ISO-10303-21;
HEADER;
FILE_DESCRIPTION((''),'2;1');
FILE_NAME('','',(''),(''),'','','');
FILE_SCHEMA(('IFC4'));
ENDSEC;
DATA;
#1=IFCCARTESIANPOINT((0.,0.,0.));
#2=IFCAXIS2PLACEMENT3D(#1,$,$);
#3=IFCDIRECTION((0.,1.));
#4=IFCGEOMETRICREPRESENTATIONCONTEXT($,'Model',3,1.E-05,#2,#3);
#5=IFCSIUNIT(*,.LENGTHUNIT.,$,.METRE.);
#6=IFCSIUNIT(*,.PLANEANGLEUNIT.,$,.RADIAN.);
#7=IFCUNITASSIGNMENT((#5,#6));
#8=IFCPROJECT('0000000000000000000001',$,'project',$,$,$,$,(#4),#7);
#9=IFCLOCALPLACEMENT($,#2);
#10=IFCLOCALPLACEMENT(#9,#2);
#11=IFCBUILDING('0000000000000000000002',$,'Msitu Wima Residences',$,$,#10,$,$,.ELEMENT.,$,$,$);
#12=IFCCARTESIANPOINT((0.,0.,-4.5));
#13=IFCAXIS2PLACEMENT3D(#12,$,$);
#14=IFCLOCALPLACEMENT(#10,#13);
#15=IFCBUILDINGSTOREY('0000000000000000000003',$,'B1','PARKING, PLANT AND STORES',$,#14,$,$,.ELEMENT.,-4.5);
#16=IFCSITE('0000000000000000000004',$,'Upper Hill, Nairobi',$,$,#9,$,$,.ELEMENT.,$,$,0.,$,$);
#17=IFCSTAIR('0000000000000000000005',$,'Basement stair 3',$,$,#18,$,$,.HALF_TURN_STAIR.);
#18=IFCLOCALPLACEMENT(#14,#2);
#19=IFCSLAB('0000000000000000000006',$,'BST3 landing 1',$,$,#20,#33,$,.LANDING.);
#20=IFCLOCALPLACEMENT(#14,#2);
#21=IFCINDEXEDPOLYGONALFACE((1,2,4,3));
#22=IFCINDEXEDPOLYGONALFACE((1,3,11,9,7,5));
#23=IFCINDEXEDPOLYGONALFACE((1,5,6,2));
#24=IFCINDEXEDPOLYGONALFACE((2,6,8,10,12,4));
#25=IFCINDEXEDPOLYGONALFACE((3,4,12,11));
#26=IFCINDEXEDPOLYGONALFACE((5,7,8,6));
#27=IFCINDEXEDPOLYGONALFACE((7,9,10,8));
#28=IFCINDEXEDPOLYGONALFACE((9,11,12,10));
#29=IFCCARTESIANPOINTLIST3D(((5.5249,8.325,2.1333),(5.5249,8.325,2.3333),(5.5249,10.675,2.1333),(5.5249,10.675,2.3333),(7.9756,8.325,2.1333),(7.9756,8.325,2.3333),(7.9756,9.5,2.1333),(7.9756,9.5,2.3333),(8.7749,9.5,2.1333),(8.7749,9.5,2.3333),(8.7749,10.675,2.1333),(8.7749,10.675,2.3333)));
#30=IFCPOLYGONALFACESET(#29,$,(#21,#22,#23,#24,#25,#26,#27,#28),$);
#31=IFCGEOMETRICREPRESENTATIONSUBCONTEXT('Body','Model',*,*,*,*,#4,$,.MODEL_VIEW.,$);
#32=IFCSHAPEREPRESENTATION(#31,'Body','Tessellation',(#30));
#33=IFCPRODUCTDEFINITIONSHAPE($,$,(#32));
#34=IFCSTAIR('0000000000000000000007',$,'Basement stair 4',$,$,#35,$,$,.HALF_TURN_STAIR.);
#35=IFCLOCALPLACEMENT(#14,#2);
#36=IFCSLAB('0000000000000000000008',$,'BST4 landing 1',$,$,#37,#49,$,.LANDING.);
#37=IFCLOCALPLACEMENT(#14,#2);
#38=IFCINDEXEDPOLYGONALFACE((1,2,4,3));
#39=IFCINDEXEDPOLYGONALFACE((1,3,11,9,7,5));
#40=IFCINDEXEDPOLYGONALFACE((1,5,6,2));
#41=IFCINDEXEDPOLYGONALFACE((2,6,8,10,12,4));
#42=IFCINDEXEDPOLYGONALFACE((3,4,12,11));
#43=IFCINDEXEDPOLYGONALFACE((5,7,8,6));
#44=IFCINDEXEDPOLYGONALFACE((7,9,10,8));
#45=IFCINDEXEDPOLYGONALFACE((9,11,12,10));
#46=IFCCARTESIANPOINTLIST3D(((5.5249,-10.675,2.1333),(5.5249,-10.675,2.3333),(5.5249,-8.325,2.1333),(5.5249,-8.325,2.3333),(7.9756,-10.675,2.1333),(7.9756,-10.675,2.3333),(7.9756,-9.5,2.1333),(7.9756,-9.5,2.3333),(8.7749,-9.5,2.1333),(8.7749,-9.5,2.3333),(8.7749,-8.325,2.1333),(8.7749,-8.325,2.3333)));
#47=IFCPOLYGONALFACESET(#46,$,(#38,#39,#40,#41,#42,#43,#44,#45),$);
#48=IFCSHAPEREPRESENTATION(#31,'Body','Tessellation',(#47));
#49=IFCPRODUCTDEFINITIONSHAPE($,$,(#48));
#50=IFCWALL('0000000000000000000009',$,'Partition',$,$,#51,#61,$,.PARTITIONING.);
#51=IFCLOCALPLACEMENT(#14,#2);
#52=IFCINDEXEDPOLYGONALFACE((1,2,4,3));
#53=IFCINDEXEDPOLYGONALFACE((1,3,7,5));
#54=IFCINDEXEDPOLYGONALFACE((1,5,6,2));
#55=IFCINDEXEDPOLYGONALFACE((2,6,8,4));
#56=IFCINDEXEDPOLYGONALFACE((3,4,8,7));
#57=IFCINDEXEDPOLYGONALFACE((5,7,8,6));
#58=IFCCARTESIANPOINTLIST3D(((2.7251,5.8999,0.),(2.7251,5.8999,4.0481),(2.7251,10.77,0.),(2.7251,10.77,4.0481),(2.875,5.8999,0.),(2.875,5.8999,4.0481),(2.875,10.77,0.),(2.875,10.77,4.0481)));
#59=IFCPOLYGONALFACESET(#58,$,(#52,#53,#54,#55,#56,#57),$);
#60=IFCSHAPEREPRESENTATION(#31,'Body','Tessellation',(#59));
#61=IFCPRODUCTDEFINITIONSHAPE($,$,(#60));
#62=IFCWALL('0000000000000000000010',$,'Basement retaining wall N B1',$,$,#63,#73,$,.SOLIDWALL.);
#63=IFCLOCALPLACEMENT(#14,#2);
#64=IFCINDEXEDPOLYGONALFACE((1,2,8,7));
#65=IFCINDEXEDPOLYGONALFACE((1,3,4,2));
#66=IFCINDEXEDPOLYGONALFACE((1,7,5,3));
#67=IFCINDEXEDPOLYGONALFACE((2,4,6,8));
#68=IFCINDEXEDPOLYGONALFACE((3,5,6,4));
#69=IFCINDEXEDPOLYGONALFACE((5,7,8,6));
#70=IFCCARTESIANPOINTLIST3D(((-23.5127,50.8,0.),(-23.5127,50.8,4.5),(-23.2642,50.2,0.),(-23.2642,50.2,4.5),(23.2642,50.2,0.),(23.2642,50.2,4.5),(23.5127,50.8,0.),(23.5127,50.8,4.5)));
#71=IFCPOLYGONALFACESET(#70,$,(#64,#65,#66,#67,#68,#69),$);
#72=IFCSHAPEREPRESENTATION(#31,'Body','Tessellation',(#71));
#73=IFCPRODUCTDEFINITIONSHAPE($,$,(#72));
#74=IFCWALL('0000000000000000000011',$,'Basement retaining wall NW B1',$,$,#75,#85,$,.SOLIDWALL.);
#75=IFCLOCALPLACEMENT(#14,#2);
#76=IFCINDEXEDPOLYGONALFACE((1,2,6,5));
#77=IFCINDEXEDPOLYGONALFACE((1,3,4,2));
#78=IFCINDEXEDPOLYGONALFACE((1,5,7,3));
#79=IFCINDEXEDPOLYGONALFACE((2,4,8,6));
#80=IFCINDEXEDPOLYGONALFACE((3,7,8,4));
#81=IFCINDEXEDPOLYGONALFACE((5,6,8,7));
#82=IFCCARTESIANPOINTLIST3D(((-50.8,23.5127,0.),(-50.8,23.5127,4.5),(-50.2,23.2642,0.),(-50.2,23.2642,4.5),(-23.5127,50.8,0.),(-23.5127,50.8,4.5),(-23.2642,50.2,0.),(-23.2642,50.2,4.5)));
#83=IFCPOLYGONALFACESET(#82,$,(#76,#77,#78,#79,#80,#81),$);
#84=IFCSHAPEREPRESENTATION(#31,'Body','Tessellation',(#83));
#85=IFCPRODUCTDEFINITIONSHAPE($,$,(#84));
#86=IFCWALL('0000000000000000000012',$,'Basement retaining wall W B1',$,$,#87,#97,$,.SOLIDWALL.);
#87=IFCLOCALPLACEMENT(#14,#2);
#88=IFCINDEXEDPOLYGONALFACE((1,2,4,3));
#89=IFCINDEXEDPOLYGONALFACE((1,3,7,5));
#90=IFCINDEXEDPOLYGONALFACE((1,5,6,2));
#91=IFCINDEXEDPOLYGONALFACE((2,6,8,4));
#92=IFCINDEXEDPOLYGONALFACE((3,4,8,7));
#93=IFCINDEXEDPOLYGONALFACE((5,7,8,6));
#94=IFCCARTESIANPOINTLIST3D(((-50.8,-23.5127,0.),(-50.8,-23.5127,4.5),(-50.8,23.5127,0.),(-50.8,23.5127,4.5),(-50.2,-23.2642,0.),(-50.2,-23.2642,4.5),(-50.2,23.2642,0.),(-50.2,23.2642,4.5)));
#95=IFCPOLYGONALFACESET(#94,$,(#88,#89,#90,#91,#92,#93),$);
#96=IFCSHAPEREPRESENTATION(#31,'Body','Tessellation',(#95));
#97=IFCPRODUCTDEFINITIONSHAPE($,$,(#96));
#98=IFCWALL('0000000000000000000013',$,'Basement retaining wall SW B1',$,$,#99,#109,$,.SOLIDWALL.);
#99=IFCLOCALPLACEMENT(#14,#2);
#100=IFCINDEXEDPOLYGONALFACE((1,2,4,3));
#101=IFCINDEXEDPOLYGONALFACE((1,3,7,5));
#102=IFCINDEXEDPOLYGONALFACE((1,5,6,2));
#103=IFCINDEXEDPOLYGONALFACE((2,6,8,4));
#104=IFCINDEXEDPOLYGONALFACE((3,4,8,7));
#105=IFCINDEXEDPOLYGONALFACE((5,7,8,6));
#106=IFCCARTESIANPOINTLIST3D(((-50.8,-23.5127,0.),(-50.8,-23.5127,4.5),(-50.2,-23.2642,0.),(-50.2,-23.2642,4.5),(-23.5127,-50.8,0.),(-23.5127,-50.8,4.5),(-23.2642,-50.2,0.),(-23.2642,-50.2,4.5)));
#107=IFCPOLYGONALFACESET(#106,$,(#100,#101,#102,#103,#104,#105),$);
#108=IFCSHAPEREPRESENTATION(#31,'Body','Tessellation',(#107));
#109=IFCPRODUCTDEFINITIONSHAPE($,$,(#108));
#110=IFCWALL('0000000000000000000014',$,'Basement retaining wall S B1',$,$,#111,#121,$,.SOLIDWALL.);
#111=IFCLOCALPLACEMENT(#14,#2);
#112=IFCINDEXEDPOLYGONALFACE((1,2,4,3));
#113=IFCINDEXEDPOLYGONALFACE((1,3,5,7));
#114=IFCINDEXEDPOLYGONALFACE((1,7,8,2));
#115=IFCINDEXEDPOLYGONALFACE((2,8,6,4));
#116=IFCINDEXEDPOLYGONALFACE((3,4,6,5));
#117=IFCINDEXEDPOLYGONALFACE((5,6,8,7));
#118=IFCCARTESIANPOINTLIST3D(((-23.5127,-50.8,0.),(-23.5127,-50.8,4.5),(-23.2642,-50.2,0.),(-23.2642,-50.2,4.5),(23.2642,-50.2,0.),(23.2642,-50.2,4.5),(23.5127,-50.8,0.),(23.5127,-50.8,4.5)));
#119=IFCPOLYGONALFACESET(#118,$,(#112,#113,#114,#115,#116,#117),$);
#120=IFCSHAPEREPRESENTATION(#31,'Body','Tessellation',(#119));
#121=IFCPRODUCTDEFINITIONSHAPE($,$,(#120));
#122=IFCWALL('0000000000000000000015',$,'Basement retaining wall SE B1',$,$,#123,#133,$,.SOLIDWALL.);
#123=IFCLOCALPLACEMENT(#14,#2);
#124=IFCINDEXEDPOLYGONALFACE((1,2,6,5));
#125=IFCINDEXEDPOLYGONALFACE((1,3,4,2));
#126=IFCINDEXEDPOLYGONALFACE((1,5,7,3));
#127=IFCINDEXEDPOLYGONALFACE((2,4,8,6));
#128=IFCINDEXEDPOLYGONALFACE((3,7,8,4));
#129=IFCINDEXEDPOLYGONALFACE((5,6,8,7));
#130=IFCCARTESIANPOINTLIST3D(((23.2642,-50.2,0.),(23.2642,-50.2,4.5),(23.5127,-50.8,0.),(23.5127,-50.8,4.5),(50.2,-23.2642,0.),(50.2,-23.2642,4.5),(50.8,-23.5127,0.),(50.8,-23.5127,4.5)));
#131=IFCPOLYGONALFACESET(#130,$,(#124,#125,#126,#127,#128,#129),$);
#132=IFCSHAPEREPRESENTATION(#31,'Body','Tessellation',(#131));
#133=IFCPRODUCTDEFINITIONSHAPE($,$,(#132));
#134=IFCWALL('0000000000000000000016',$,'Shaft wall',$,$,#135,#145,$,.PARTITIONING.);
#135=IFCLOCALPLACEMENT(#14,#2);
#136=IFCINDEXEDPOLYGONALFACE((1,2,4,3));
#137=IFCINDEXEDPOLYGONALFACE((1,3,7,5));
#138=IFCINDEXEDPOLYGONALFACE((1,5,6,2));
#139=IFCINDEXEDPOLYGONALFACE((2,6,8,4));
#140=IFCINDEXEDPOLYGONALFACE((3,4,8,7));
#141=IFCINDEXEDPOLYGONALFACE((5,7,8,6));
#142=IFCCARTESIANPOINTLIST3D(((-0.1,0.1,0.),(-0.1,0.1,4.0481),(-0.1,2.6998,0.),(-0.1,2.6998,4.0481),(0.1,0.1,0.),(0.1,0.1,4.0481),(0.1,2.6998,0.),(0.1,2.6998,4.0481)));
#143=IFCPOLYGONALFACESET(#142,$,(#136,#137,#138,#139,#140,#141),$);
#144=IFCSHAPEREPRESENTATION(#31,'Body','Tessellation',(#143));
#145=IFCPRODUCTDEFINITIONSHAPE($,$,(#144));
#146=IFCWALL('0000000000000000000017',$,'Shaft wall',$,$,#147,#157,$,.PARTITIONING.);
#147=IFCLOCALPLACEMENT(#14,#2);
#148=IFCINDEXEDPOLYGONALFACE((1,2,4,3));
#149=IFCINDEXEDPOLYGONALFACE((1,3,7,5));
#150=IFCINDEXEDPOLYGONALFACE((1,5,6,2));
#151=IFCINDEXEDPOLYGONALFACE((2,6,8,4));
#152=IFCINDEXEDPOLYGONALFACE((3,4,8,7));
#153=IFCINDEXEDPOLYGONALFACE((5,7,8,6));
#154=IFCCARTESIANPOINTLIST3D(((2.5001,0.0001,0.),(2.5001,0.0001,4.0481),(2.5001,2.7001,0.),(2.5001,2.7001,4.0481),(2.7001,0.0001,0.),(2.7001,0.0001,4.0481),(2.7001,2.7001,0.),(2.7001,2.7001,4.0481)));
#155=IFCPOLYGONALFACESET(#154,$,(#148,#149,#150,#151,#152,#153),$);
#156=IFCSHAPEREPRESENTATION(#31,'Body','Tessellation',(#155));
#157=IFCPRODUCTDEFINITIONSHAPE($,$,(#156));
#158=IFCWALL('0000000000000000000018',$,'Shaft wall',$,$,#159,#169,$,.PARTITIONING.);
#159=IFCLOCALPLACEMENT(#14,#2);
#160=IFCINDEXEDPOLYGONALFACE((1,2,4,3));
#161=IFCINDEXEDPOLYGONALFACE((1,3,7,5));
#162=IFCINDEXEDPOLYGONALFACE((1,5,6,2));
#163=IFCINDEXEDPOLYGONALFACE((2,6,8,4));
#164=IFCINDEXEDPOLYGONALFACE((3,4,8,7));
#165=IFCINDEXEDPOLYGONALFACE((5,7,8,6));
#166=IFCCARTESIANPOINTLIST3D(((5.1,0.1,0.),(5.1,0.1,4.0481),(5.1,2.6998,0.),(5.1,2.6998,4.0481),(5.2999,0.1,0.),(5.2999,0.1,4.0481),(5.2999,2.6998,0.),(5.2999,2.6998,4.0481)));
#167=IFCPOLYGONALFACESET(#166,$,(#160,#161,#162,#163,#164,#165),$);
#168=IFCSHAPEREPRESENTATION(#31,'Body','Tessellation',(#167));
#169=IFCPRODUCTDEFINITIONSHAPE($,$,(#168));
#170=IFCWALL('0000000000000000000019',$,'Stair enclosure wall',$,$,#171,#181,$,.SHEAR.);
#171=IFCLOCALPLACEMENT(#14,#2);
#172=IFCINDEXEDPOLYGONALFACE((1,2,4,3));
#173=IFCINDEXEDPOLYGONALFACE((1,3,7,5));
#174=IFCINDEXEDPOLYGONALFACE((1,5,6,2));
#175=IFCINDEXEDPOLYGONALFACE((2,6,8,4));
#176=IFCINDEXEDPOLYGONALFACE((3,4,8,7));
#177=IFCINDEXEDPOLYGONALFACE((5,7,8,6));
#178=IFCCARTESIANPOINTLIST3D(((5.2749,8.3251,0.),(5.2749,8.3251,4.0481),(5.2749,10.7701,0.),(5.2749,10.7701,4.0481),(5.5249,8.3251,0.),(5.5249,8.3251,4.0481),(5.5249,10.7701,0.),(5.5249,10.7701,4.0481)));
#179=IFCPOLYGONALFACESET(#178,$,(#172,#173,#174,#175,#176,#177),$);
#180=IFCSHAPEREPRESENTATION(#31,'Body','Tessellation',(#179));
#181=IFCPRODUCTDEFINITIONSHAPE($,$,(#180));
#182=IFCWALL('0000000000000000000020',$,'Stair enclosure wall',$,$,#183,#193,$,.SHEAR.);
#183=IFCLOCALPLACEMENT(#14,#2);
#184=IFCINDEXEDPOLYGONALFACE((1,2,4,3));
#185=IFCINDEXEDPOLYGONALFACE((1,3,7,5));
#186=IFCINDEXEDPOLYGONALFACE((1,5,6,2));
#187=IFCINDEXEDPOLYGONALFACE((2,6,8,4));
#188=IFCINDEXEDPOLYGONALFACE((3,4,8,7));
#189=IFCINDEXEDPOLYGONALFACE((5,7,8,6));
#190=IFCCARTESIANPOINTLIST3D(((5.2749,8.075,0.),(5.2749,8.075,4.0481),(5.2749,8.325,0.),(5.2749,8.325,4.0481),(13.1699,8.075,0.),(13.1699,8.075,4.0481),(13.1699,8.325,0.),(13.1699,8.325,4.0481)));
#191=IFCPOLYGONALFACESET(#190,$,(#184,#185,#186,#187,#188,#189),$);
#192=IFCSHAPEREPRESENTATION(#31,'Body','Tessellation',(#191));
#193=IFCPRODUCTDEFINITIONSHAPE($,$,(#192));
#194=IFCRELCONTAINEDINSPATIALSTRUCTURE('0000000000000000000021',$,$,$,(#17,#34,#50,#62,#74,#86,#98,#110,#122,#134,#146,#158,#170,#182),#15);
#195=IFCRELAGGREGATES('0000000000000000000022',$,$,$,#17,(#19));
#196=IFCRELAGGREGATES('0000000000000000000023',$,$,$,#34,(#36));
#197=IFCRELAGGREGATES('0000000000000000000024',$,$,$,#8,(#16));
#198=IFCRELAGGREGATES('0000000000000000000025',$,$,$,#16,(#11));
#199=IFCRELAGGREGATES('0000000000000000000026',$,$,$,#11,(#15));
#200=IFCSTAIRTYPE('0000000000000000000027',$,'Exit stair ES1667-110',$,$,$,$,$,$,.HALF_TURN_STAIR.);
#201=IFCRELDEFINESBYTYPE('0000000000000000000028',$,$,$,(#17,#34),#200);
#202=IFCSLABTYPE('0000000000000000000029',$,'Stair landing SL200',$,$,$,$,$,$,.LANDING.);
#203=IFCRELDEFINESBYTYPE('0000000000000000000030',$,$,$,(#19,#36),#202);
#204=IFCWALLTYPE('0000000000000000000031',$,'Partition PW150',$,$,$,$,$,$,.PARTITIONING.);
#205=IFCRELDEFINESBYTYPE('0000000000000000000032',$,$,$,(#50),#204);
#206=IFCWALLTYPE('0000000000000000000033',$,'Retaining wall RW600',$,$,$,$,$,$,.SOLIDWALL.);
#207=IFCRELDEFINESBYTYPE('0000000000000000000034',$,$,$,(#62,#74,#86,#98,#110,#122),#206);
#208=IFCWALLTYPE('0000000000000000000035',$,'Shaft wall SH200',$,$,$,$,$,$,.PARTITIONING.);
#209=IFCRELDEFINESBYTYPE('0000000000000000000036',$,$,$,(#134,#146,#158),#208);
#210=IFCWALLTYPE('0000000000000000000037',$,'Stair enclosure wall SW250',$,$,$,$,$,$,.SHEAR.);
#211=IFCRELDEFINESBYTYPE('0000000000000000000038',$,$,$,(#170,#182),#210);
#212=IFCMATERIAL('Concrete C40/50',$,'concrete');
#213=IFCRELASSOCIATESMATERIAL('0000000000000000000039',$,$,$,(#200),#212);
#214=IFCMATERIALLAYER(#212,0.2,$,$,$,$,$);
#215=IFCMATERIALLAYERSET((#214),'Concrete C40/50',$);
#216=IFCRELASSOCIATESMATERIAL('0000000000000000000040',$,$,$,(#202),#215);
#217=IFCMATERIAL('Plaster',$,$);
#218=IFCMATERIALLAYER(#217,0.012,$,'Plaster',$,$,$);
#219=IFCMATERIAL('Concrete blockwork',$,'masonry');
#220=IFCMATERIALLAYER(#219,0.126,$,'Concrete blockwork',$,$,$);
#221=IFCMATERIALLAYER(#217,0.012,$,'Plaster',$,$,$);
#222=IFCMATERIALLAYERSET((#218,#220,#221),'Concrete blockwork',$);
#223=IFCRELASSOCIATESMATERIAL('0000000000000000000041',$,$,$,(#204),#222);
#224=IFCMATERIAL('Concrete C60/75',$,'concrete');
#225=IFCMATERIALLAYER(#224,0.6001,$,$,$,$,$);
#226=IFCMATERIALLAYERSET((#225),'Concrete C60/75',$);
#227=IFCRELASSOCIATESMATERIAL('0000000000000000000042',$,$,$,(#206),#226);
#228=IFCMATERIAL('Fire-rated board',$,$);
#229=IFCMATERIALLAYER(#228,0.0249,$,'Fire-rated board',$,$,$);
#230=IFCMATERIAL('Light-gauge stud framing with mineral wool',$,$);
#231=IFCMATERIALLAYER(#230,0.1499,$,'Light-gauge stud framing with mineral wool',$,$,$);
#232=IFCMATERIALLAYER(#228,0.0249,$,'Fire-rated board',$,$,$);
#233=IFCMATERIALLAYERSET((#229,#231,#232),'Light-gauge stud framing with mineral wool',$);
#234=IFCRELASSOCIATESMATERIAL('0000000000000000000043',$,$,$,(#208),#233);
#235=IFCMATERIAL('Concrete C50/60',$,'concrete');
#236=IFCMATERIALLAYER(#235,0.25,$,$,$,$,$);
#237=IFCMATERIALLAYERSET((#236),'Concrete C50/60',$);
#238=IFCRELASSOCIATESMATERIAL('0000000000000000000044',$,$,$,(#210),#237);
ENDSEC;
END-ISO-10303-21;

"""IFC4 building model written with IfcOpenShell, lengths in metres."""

from ifc_helpers import new_model, si_unit, direction, frame, frame_2d, origin, place, context, subcontext, project, spatial, polyline, rectangle, outline, extrude, material, layer, layer_set, type_object, element, aggregate, save


model = new_model("IFC4")

# Units and contexts
model_context = context("Model", 3, precision=1e-05, world=origin(), true_north=direction((0.0, 1.0)))
body_context = subcontext(model_context, "Body", "Model", "MODEL_VIEW")
ifc_project = project(units=[si_unit("LENGTHUNIT", "METRE"), si_unit("PLANEANGLEUNIT", "RADIAN")], contexts=[model_context])

# Site, building, storey
site_placement = place(None, origin())
site = spatial("IfcSite", under=ifc_project, at=site_placement, Name="Upper Hill, Nairobi", CompositionType="ELEMENT", RefElevation=0.0)
building_placement = place(site_placement, origin())
building = spatial("IfcBuilding", under=site, at=building_placement, Name="Msitu Wima Residences", CompositionType="ELEMENT")
storey_placement = place(building_placement, frame((0.0, 0.0, -4.5)))
storey = spatial("IfcBuildingStorey", under=building, at=storey_placement, Name="B1", Description="PARKING, PLANT AND STORES", CompositionType="ELEMENT", Elevation=-4.5)

# Shared definitions
ifc_material_1 = material(Name="Concrete C40/50", Category="concrete")

# Shared definitions
ifc_material_2 = material(Name="Concrete C60/75", Category="concrete")

# Stairs, slabs
stair_type = type_object("IfcStairType", Name="Exit stair ES1667-110", PredefinedType="HALF_TURN_STAIR", material=ifc_material_1)
ifc_layer_1 = layer(ifc_material_1, 0.2)
ifc_layer_set_1 = layer_set([ifc_layer_1], Name="Concrete C40/50")
slab_type_1 = type_object("IfcSlabType", Name="Stair landing SL200", PredefinedType="LANDING", material=ifc_layer_set_1)
stair_1_placement = place(storey_placement, origin())
stair_1 = element("IfcStair", 1, at=stair_1_placement, inside=storey, type_object=stair_type, Name="Basement stair 3", PredefinedType="HALF_TURN_STAIR")
slab_1_placement = place(storey_placement, frame((0.0, 0.0, 2.1333)))
slab_1 = element("IfcSlab", 2, at=slab_1_placement, type_object=slab_type_1, Name="BST3 landing 1", PredefinedType="LANDING", context=body_context, shape_type="SweptSolid", body=[
    extrude(outline(polyline([(5.5249, 8.325), (7.9756, 8.325), (7.9756, 9.5), (8.7749, 9.5), (8.7749, 10.675), (5.5249, 10.675), (5.5249, 8.325)])), origin(), (0.0, 0.0, 1.0), 0.2),
])
aggregate(stair_1, [slab_1])
stair_2_placement = place(storey_placement, origin())
stair_2 = element("IfcStair", 3, at=stair_2_placement, inside=storey, type_object=stair_type, Name="Basement stair 4", PredefinedType="HALF_TURN_STAIR")
slab_2_placement = place(storey_placement, frame((0.0, 0.0, 2.1333)))
slab_2 = element("IfcSlab", 4, at=slab_2_placement, type_object=slab_type_1, Name="BST4 landing 1", PredefinedType="LANDING", context=body_context, shape_type="SweptSolid", body=[
    extrude(outline(polyline([(5.5249, -10.675), (7.9756, -10.675), (7.9756, -9.5), (8.7749, -9.5), (8.7749, -8.325), (5.5249, -8.325), (5.5249, -10.675)])), origin(), (0.0, 0.0, 1.0), 0.2),
])
aggregate(stair_2, [slab_2])

# Walls
ifc_material_3 = material(Name="Plaster")
ifc_layer_2 = layer(ifc_material_3, 0.012, Name="Plaster")
ifc_material_4 = material(Name="Concrete blockwork", Category="masonry")
ifc_layer_3 = layer(ifc_material_4, 0.126, Name="Concrete blockwork")
ifc_layer_4 = layer(ifc_material_3, 0.012, Name="Plaster")
ifc_layer_set_2 = layer_set([ifc_layer_2, ifc_layer_3, ifc_layer_4], Name="Concrete blockwork")
wall_type_1 = type_object("IfcWallType", Name="Partition PW150", PredefinedType="PARTITIONING", material=ifc_layer_set_2)
wall_1_placement = place(storey_placement, frame((2.8, 5.8999, 0.0), z_axis=(0.0, 0.0, 1.0), x_axis=(0.0, 1.0, 0.0)))
element("IfcWall", 5, at=wall_1_placement, inside=storey, type_object=wall_type_1, Name="Partition", PredefinedType="PARTITIONING", context=body_context, shape_type="SweptSolid", body=[
    extrude(rectangle(XDim=4.8701, YDim=0.1499, at=frame_2d((2.4351, 0.0))), origin(), (0.0, 0.0, 1.0), 4.0481),
])
ifc_layer_5 = layer(ifc_material_2, 0.6001)
ifc_layer_set_3 = layer_set([ifc_layer_5], Name="Concrete C60/75")
wall_type_2 = type_object("IfcWallType", Name="Retaining wall RW600", PredefinedType="SOLIDWALL", material=ifc_layer_set_3)
wall_2_placement = place(storey_placement, origin())
element("IfcWall", 6, at=wall_2_placement, inside=storey, type_object=wall_type_2, Name="Basement retaining wall N B1", PredefinedType="SOLIDWALL", context=body_context, shape_type="SweptSolid", body=[
    extrude(outline(polyline([(23.5127, 50.8), (-23.5127, 50.8), (-23.2642, 50.2), (23.2642, 50.2), (23.5127, 50.8)])), origin(), (0.0, 0.0, 1.0), 4.5),
])
wall_3_placement = place(storey_placement, origin())
element("IfcWall", 7, at=wall_3_placement, inside=storey, type_object=wall_type_2, Name="Basement retaining wall NW B1", PredefinedType="SOLIDWALL", context=body_context, shape_type="SweptSolid", body=[
    extrude(outline(polyline([(-23.5127, 50.8), (-50.8, 23.5127), (-50.2, 23.2642), (-23.2642, 50.2), (-23.5127, 50.8)])), origin(), (0.0, 0.0, 1.0), 4.5),
])
wall_4_placement = place(storey_placement, origin())
element("IfcWall", 8, at=wall_4_placement, inside=storey, type_object=wall_type_2, Name="Basement retaining wall W B1", PredefinedType="SOLIDWALL", context=body_context, shape_type="SweptSolid", body=[
    extrude(outline(polyline([(-50.8, 23.5127), (-50.8, -23.5127), (-50.2, -23.2642), (-50.2, 23.2642), (-50.8, 23.5127)])), origin(), (0.0, 0.0, 1.0), 4.5),
])
wall_5_placement = place(storey_placement, origin())
element("IfcWall", 9, at=wall_5_placement, inside=storey, type_object=wall_type_2, Name="Basement retaining wall SW B1", PredefinedType="SOLIDWALL", context=body_context, shape_type="SweptSolid", body=[
    extrude(outline(polyline([(-50.8, -23.5127), (-23.5127, -50.8), (-23.2642, -50.2), (-50.2, -23.2642), (-50.8, -23.5127)])), origin(), (0.0, 0.0, 1.0), 4.5),
])
wall_6_placement = place(storey_placement, origin())
element("IfcWall", 10, at=wall_6_placement, inside=storey, type_object=wall_type_2, Name="Basement retaining wall S B1", PredefinedType="SOLIDWALL", context=body_context, shape_type="SweptSolid", body=[
    extrude(outline(polyline([(-23.5127, -50.8), (23.5127, -50.8), (23.2642, -50.2), (-23.2642, -50.2), (-23.5127, -50.8)])), origin(), (0.0, 0.0, 1.0), 4.5),
])
wall_7_placement = place(storey_placement, origin())
element("IfcWall", 11, at=wall_7_placement, inside=storey, type_object=wall_type_2, Name="Basement retaining wall SE B1", PredefinedType="SOLIDWALL", context=body_context, shape_type="SweptSolid", body=[
    extrude(outline(polyline([(23.5127, -50.8), (50.8, -23.5127), (50.2, -23.2642), (23.2642, -50.2), (23.5127, -50.8)])), origin(), (0.0, 0.0, 1.0), 4.5),
])
ifc_material_5 = material(Name="Fire-rated board")
ifc_layer_6 = layer(ifc_material_5, 0.0249, Name="Fire-rated board")
ifc_material_6 = material(Name="Light-gauge stud framing with mineral wool")
ifc_layer_7 = layer(ifc_material_6, 0.1499, Name="Light-gauge stud framing with mineral wool")
ifc_layer_8 = layer(ifc_material_5, 0.0249, Name="Fire-rated board")
ifc_layer_set_4 = layer_set([ifc_layer_6, ifc_layer_7, ifc_layer_8], Name="Light-gauge stud framing with mineral wool")
wall_type_3 = type_object("IfcWallType", Name="Shaft wall SH200", PredefinedType="PARTITIONING", material=ifc_layer_set_4)
wall_8_placement = place(storey_placement, frame((0.0, 0.1001, 0.0), z_axis=(0.0, 0.0, 1.0), x_axis=(0.0, 1.0, 0.0)))
element("IfcWall", 12, at=wall_8_placement, inside=storey, type_object=wall_type_3, Name="Shaft wall", PredefinedType="PARTITIONING", context=body_context, shape_type="SweptSolid", body=[
    extrude(rectangle(XDim=2.5999, YDim=0.2, at=frame_2d((1.2998, 0.0))), origin(), (0.0, 0.0, 1.0), 4.0481),
])
wall_9_placement = place(storey_placement, frame((2.6001, 0.0, 0.0), z_axis=(0.0, 0.0, 1.0), x_axis=(0.0, 1.0, 0.0)))
element("IfcWall", 13, at=wall_9_placement, inside=storey, type_object=wall_type_3, Name="Shaft wall", PredefinedType="PARTITIONING", context=body_context, shape_type="SweptSolid", body=[
    extrude(rectangle(XDim=2.7, YDim=0.2, at=frame_2d((1.3501, 0.0))), origin(), (0.0, 0.0, 1.0), 4.0481),
])
wall_10_placement = place(storey_placement, frame((5.2, 0.1001, 0.0), z_axis=(0.0, 0.0, 1.0), x_axis=(0.0, 1.0, 0.0)))
element("IfcWall", 14, at=wall_10_placement, inside=storey, type_object=wall_type_3, Name="Shaft wall", PredefinedType="PARTITIONING", context=body_context, shape_type="SweptSolid", body=[
    extrude(rectangle(XDim=2.5999, YDim=0.2, at=frame_2d((1.2998, 0.0))), origin(), (0.0, 0.0, 1.0), 4.0481),
])
ifc_material_7 = material(Name="Concrete C50/60", Category="concrete")
ifc_layer_9 = layer(ifc_material_7, 0.25)
ifc_layer_set_5 = layer_set([ifc_layer_9], Name="Concrete C50/60")
wall_type_4 = type_object("IfcWallType", Name="Stair enclosure wall SW250", PredefinedType="SHEAR", material=ifc_layer_set_5)
wall_11_placement = place(storey_placement, frame((5.3999, 8.325, 0.0), z_axis=(0.0, 0.0, 1.0), x_axis=(0.0, 1.0, 0.0)))
element("IfcWall", 15, at=wall_11_placement, inside=storey, type_object=wall_type_4, Name="Stair enclosure wall", PredefinedType="SHEAR", context=body_context, shape_type="SweptSolid", body=[
    extrude(rectangle(XDim=2.4451, YDim=0.25, at=frame_2d((1.2227, 0.0))), origin(), (0.0, 0.0, 1.0), 4.0481),
])
wall_12_placement = place(storey_placement, frame((5.2749, 8.2, 0.0), z_axis=(0.0, 0.0, 1.0), x_axis=(1.0, 0.0, 0.0)))
element("IfcWall", 16, at=wall_12_placement, inside=storey, type_object=wall_type_4, Name="Stair enclosure wall", PredefinedType="SHEAR", context=body_context, shape_type="SweptSolid", body=[
    extrude(rectangle(XDim=7.895, YDim=0.25, at=frame_2d((3.9475, 0.0))), origin(), (0.0, 0.0, 1.0), 4.0481),
])

save(model, "model.ifc")
